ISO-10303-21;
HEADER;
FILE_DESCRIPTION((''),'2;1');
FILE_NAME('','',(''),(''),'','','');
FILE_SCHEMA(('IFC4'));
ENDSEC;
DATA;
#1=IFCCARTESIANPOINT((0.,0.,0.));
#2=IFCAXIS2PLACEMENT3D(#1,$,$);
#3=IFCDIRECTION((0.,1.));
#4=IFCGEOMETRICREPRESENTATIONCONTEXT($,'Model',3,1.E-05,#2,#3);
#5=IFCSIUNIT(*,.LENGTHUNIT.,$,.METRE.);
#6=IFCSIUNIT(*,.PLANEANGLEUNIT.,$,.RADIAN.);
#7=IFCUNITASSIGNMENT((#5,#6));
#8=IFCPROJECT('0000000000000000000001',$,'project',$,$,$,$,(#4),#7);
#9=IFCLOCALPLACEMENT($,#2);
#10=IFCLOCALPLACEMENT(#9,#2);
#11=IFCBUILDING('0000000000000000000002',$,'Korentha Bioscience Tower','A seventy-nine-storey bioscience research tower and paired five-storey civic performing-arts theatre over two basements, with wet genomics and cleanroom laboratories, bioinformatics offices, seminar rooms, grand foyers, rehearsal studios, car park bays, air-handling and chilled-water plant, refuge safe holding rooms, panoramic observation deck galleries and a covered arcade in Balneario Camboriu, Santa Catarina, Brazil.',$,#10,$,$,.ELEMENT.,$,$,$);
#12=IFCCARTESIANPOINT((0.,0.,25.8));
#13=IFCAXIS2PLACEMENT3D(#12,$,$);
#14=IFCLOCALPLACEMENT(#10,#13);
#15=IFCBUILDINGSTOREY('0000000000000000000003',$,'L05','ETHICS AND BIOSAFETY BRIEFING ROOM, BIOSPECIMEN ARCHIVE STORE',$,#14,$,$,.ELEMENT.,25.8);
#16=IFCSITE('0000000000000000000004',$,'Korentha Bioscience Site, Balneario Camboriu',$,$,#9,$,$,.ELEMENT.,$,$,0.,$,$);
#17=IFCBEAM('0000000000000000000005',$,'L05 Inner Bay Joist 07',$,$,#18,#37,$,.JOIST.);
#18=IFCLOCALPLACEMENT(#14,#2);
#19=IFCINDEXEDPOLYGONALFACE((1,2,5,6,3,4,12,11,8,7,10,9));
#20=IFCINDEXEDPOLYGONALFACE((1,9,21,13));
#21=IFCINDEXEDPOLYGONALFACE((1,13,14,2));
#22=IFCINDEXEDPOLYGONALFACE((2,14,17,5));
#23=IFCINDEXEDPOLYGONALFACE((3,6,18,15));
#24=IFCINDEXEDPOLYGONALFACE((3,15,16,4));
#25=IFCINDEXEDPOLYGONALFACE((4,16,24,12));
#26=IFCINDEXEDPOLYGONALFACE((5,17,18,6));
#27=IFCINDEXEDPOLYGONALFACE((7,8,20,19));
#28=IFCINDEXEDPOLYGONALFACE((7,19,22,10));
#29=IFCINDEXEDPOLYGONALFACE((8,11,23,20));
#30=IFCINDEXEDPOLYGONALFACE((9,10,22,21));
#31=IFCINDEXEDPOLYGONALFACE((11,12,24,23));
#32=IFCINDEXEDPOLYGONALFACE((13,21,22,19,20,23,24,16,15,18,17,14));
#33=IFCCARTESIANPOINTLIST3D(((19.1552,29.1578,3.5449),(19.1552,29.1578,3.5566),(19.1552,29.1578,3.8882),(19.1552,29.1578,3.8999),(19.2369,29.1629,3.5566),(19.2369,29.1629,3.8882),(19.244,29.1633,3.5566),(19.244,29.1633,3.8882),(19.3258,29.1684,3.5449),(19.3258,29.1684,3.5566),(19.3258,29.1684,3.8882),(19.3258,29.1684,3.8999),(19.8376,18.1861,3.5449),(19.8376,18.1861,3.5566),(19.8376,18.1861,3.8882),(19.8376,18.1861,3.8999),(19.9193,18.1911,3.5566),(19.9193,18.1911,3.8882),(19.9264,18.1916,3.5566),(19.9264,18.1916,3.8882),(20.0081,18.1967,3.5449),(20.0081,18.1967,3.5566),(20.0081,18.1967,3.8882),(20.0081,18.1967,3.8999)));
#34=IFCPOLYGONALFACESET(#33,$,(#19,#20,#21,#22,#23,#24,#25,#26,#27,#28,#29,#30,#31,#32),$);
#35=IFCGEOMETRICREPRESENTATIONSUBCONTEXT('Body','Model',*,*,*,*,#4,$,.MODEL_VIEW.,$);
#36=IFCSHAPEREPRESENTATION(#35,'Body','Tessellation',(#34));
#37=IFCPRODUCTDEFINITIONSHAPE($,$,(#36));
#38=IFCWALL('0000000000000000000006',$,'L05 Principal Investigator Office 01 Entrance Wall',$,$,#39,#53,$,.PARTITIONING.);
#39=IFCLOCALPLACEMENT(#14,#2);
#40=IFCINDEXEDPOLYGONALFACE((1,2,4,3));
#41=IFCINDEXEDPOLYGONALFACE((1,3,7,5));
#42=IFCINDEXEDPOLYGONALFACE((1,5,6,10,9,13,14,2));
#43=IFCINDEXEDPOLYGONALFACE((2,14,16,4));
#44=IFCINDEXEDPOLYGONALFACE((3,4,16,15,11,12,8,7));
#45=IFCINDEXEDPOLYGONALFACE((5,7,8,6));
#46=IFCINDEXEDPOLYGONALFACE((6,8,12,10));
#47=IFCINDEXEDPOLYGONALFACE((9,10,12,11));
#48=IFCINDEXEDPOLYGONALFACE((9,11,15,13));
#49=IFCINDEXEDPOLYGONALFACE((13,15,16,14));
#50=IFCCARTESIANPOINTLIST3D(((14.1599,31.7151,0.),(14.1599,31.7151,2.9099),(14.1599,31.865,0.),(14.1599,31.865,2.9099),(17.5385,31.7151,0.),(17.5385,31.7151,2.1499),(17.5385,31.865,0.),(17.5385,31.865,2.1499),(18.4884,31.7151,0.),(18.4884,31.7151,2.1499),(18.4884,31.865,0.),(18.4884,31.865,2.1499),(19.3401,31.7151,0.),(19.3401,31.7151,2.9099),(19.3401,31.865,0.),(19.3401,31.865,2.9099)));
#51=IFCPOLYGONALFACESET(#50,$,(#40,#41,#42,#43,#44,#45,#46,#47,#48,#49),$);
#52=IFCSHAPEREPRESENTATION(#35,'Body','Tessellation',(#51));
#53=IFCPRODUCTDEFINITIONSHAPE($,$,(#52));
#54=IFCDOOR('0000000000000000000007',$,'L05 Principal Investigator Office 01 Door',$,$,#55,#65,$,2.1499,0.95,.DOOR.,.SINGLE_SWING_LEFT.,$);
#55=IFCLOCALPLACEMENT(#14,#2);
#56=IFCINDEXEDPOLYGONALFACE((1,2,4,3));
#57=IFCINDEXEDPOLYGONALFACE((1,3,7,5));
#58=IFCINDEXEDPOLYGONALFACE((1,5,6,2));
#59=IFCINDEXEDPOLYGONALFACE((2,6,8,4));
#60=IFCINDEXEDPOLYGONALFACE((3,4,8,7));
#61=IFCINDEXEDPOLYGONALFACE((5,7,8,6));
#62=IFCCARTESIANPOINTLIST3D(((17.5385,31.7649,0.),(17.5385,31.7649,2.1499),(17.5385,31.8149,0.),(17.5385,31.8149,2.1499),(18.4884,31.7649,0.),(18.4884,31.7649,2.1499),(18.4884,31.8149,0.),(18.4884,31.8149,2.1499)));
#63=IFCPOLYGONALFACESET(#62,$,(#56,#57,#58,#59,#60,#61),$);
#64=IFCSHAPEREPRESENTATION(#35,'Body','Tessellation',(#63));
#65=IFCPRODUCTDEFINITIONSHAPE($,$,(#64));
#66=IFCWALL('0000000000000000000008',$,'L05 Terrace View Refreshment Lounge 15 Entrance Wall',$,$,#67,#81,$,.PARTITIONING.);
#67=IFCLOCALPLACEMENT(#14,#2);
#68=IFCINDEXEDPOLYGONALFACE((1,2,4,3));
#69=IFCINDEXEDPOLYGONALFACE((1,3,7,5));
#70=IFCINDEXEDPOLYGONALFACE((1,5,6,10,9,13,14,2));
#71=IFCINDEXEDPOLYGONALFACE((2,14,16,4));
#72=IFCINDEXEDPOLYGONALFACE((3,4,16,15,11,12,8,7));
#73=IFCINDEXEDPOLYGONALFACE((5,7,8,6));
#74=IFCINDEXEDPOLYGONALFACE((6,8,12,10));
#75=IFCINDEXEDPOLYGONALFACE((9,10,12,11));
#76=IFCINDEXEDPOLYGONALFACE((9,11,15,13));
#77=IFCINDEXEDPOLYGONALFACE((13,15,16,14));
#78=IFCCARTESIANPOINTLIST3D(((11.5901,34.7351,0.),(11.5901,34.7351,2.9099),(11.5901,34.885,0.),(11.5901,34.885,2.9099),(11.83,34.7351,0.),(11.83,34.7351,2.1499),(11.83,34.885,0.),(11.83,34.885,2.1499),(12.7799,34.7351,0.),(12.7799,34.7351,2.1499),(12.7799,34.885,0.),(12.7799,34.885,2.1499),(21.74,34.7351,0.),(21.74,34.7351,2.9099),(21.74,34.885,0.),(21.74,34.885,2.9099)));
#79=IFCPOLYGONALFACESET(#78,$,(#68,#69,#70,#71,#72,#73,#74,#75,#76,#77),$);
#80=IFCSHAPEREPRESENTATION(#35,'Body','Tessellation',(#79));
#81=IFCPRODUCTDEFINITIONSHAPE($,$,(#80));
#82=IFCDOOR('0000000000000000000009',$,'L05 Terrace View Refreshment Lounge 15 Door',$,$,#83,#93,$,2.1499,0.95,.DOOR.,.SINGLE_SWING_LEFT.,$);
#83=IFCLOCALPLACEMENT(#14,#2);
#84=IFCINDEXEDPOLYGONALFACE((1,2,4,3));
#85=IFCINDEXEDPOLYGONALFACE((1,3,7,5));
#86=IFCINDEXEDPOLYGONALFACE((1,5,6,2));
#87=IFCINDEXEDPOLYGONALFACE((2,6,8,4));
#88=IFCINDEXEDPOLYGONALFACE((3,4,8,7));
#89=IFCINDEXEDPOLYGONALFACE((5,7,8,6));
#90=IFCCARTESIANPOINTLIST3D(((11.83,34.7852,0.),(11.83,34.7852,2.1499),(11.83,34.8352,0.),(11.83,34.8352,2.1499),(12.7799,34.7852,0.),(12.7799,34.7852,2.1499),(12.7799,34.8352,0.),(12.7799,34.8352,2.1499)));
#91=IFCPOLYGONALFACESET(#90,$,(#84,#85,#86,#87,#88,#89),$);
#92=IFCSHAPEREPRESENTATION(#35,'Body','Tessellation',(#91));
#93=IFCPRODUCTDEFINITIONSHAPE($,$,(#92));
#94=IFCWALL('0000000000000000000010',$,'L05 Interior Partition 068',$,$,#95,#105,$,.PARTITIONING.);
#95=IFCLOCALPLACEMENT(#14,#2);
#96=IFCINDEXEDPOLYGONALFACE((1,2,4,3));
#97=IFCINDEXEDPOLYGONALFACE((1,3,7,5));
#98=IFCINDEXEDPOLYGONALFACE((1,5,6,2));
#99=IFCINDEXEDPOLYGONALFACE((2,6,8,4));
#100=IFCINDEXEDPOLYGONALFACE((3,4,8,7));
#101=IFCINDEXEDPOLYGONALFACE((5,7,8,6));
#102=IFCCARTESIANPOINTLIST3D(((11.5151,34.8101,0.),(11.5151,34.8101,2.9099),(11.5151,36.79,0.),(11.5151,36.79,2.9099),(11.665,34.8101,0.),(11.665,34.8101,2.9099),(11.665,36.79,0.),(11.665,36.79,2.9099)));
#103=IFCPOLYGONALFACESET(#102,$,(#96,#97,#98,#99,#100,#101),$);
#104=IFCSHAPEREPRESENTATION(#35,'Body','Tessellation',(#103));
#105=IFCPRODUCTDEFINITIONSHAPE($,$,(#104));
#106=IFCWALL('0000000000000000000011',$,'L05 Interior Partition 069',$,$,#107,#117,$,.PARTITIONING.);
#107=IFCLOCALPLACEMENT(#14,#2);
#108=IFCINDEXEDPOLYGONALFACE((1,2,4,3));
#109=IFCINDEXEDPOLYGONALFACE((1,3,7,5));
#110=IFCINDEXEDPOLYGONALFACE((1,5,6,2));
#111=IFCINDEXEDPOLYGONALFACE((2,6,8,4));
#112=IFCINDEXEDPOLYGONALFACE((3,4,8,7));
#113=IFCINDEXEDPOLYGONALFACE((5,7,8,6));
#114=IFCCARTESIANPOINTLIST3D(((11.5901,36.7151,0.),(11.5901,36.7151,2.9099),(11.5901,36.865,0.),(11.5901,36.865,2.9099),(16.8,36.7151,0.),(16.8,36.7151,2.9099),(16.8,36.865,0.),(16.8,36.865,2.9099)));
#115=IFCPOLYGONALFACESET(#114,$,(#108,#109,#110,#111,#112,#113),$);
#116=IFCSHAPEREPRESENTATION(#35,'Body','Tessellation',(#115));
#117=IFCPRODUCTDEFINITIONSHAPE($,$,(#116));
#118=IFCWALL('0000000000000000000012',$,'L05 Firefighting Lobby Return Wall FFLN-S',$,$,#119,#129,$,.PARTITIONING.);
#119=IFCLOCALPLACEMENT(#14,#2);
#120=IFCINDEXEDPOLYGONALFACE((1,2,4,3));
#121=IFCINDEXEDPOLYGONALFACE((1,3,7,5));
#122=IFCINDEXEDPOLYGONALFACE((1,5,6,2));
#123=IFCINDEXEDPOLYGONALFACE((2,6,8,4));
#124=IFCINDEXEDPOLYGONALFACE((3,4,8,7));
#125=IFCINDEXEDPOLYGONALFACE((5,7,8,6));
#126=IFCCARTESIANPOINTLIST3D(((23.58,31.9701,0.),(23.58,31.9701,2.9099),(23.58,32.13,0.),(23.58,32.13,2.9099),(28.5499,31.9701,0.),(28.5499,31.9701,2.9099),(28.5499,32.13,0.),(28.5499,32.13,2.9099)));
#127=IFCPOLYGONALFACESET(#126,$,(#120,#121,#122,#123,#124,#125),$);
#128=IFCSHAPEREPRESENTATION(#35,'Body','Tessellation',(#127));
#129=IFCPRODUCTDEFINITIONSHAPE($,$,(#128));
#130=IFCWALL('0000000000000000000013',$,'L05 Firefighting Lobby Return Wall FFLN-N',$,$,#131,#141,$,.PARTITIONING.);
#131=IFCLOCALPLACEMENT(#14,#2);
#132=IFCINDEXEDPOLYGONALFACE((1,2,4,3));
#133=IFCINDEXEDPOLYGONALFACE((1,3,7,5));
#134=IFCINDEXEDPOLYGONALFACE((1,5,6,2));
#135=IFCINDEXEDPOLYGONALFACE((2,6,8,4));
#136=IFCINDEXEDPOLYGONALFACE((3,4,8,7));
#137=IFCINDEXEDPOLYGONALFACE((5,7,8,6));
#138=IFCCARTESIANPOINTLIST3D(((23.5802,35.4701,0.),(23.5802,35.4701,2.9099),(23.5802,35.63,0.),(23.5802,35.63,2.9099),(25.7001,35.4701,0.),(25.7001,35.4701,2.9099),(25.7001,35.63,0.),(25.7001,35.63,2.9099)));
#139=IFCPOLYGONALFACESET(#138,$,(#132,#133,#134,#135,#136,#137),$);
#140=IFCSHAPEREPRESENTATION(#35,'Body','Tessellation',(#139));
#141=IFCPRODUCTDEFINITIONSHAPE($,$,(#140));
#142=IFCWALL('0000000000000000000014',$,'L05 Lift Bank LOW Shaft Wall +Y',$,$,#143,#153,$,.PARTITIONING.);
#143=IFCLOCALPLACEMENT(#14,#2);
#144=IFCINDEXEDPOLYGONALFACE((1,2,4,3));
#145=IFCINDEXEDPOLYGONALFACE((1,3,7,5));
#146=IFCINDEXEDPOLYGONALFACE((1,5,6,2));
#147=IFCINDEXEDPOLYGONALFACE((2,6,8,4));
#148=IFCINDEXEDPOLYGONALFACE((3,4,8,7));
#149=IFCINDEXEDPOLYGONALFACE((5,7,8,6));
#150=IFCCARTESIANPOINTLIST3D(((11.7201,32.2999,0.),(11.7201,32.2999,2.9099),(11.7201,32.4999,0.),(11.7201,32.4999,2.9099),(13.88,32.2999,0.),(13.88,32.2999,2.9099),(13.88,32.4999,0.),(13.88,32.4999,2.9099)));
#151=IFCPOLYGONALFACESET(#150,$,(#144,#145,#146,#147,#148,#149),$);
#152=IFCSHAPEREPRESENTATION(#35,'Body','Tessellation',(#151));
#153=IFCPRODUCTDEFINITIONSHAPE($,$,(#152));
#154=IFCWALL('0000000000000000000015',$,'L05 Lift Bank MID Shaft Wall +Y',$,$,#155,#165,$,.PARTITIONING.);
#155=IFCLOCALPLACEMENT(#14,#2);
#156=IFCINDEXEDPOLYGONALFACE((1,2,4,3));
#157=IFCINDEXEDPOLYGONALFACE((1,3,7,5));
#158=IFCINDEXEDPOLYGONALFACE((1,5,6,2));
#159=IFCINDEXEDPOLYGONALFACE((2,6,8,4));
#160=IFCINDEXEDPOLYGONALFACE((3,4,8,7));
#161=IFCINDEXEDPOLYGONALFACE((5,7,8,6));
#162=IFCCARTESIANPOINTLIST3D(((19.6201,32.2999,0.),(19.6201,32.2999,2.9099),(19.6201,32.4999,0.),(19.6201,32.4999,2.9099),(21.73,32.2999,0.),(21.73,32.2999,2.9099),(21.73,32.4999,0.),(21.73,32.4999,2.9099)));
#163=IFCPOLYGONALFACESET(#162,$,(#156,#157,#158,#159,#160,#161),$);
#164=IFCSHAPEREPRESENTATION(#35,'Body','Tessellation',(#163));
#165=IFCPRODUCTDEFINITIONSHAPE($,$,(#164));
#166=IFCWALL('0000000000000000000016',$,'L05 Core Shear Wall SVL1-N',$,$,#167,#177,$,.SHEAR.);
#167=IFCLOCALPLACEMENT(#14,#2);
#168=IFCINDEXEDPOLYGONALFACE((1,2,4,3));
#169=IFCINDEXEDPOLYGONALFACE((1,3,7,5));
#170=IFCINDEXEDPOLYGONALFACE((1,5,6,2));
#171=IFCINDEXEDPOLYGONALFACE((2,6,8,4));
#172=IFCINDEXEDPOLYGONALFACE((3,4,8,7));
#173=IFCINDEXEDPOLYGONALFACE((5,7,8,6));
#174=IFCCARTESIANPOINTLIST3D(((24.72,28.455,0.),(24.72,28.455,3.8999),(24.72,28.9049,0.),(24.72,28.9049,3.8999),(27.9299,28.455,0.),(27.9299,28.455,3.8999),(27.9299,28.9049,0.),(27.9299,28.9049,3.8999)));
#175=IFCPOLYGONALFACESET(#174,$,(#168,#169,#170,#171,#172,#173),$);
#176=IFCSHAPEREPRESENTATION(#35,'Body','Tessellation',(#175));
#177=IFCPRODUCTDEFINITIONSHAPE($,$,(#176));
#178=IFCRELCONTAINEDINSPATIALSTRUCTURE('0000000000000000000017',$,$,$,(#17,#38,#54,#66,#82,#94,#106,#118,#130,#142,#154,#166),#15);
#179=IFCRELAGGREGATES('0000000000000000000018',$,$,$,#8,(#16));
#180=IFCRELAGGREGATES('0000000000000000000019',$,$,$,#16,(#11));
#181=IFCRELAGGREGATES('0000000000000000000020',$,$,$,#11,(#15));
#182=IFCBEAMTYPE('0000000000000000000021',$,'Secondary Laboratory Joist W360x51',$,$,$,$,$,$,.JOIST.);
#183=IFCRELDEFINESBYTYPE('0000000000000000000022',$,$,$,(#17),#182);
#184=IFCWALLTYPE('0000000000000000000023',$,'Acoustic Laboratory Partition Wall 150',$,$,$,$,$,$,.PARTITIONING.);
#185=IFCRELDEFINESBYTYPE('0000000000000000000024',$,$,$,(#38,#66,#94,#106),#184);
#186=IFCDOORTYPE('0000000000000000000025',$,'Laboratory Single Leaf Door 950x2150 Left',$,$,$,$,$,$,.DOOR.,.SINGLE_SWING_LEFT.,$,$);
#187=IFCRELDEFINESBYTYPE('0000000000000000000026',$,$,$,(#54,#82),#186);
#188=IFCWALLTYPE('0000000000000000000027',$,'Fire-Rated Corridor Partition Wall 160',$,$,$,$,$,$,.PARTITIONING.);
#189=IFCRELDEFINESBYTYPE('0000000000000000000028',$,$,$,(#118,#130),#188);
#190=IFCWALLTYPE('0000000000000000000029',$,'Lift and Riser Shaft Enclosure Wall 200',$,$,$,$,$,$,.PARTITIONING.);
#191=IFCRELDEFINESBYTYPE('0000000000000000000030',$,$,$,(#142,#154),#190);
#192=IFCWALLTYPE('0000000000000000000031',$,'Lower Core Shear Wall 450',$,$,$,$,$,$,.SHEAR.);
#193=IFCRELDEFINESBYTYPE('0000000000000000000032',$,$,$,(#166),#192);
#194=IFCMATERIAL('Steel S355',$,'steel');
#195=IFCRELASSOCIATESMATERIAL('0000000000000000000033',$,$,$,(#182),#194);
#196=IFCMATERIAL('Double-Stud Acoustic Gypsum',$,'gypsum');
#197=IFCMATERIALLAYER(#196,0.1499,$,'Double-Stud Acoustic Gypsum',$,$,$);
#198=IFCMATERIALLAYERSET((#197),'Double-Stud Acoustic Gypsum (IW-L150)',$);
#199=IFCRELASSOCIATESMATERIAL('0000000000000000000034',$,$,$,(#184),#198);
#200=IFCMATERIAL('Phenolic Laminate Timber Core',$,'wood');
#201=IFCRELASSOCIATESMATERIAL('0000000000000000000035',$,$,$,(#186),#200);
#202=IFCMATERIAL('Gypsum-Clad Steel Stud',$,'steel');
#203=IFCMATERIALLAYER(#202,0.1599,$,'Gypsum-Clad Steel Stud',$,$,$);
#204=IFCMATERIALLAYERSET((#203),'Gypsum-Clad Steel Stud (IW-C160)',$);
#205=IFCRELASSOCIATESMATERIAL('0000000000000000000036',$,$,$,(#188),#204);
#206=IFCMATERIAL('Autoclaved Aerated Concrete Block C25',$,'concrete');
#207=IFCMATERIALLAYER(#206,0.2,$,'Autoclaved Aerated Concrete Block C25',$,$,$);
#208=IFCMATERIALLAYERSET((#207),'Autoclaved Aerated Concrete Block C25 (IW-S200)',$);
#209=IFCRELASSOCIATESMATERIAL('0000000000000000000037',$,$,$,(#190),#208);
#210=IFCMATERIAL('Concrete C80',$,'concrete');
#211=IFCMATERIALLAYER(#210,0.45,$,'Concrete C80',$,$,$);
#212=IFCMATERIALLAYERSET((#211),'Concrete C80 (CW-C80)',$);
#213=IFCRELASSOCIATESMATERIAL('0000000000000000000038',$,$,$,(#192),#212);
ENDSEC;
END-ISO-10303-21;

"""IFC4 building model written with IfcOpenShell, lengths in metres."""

from ifc_helpers import new_model, si_unit, direction, frame, frame_2d, origin, origin_2d, place, context, subcontext, project, spatial, rectangle, i_section, extrude, material, layer, layer_set, material_profile, profile_set, type_object, element, fill, save


model = new_model("IFC4")

# Units and contexts
model_context = context("Model", 3, precision=1e-05, world=origin(), true_north=direction((0.0, 1.0)))
body_context = subcontext(model_context, "Body", "Model", "MODEL_VIEW")
ifc_project = project(units=[si_unit("LENGTHUNIT", "METRE"), si_unit("PLANEANGLEUNIT", "RADIAN")], contexts=[model_context])

# Site, building, storey
site_placement = place(None, origin())
site = spatial("IfcSite", under=ifc_project, at=site_placement, Name="Korentha Bioscience Site, Balneario Camboriu", CompositionType="ELEMENT", RefElevation=0.0)
building_placement = place(site_placement, origin())
building = spatial("IfcBuilding", under=site, at=building_placement, Name="Korentha Bioscience Tower", Description="A seventy-nine-storey bioscience research tower and paired five-storey civic performing-arts theatre over two basements, with wet genomics and cleanroom laboratories, bioinformatics offices, seminar rooms, grand foyers, rehearsal studios, car park bays, air-handling and chilled-water plant, refuge safe holding rooms, panoramic observation deck galleries and a covered arcade in Balneario Camboriu, Santa Catarina, Brazil.", CompositionType="ELEMENT")
storey_placement = place(building_placement, frame((0.0, 0.0, 25.8)))
storey = spatial("IfcBuildingStorey", under=building, at=storey_placement, Name="L05", Description="ETHICS AND BIOSAFETY BRIEFING ROOM, BIOSPECIMEN ARCHIVE STORE", CompositionType="ELEMENT", Elevation=25.8)

# Shared definitions
ifc_material_1 = material(Name="Concrete C80", Category="concrete")

# Beam
ifc_material_2 = material(Name="Steel S355", Category="steel")
ifc_material_profile_1 = material_profile(ifc_material_2, i_section(OverallWidth=0.1709, OverallDepth=0.355, WebThickness=0.0071, FlangeThickness=0.0117, at=origin_2d()), Name="Steel S355")
ifc_profile_set_1 = profile_set([ifc_material_profile_1], Name="Steel S355 (JB-360)")
beam_type_1 = type_object("IfcBeamType", Name="Secondary Laboratory Joist W360x51", PredefinedType="JOIST", material=ifc_profile_set_1)
beam_1_placement = place(storey_placement, frame((19.2405, 29.1631, 3.7224), z_axis=(0.062074, -0.998072, 0.0), x_axis=(0.998072, 0.062074, 0.0)))
element("IfcBeam", 1, at=beam_1_placement, inside=storey, type_object=beam_type_1, Name="L05 Inner Bay Joist 07", PredefinedType="JOIST", context=body_context, shape_type="SweptSolid", body=[
    extrude(i_section(OverallWidth=0.1709, OverallDepth=0.355, WebThickness=0.0071, FlangeThickness=0.0117, at=origin_2d()), origin(), (0.0, 0.0, 1.0), 10.9929),
])

# Walls, openings, doors
ifc_material_3 = material(Name="Double-Stud Acoustic Gypsum", Category="gypsum")
ifc_layer_1 = layer(ifc_material_3, 0.1499, Name="Double-Stud Acoustic Gypsum")
ifc_layer_set_1 = layer_set([ifc_layer_1], Name="Double-Stud Acoustic Gypsum (IW-L150)")
wall_type_1 = type_object("IfcWallType", Name="Acoustic Laboratory Partition Wall 150", PredefinedType="PARTITIONING", material=ifc_layer_set_1)
wall_1_placement = place(storey_placement, frame((14.1599, 31.79, 0.0), z_axis=(0.0, 0.0, 1.0), x_axis=(1.0, 0.0, 0.0)))
wall_1 = element("IfcWall", 2, at=wall_1_placement, inside=storey, type_object=wall_type_1, Name="L05 Principal Investigator Office 01 Entrance Wall", PredefinedType="PARTITIONING", context=body_context, shape_type="SweptSolid", body=[
    extrude(rectangle(XDim=5.1802, YDim=0.1499, at=frame_2d((2.5901, 0.0))), origin(), (0.0, 0.0, 1.0), 2.9099),
])
opening_1_placement = place(wall_1_placement, frame((3.3784, 0.0, 0.0)))
opening_1 = element("IfcOpeningElement", 3, at=opening_1_placement, cuts=wall_1, PredefinedType="OPENING", context=body_context, shape_type="SweptSolid", body=[
    extrude(rectangle(XDim=0.95, YDim=2.1499, at=frame_2d((0.4751, 1.075))), frame((0.0, 0.0898, 0.0), z_axis=(0.0, -1.0, 0.0), x_axis=(1.0, 0.0, 0.0)), (0.0, 0.0, 1.0), 0.1797),
])
ifc_material_4 = material(Name="Phenolic Laminate Timber Core", Category="wood")
door_type_1 = type_object("IfcDoorType", Name="Laboratory Single Leaf Door 950x2150 Left", OperationType="SINGLE_SWING_LEFT", PredefinedType="DOOR", material=ifc_material_4)
door_1_placement = place(opening_1_placement, origin())
door_1 = element("IfcDoor", 4, at=door_1_placement, inside=storey, type_object=door_type_1, Name="L05 Principal Investigator Office 01 Door", OperationType="SINGLE_SWING_LEFT", OverallHeight=2.1499, OverallWidth=0.95, PredefinedType="DOOR", context=body_context, shape_type="SweptSolid", body=[
    extrude(rectangle(XDim=0.95, YDim=2.1499, at=frame_2d((0.4751, 1.075))), frame((0.0, 0.0249, 0.0), z_axis=(0.0, -1.0, 0.0), x_axis=(1.0, 0.0, 0.0)), (0.0, 0.0, 1.0), 0.05),
])
fill(opening_1, door_1)
wall_2_placement = place(storey_placement, frame((21.74, 34.8101, 0.0), z_axis=(0.0, 0.0, 1.0), x_axis=(-1.0, 0.0, 0.0)))
wall_2 = element("IfcWall", 5, at=wall_2_placement, inside=storey, type_object=wall_type_1, Name="L05 Terrace View Refreshment Lounge 15 Entrance Wall", PredefinedType="PARTITIONING", context=body_context, shape_type="SweptSolid", body=[
    extrude(rectangle(XDim=10.1499, YDim=0.1499, at=frame_2d((5.075, 0.0))), origin(), (0.0, 0.0, 1.0), 2.9099),
])
opening_2_placement = place(wall_2_placement, frame((8.96, 0.0, 0.0)))
opening_2 = element("IfcOpeningElement", 6, at=opening_2_placement, cuts=wall_2, PredefinedType="OPENING", context=body_context, shape_type="SweptSolid", body=[
    extrude(rectangle(XDim=0.95, YDim=2.1499, at=frame_2d((0.4751, 1.075))), frame((0.0, 0.0898, 0.0), z_axis=(0.0, -1.0, 0.0), x_axis=(1.0, 0.0, 0.0)), (0.0, 0.0, 1.0), 0.1797),
])
door_2_placement = place(opening_2_placement, origin())
door_2 = element("IfcDoor", 7, at=door_2_placement, inside=storey, type_object=door_type_1, Name="L05 Terrace View Refreshment Lounge 15 Door", OperationType="SINGLE_SWING_LEFT", OverallHeight=2.1499, OverallWidth=0.95, PredefinedType="DOOR", context=body_context, shape_type="SweptSolid", body=[
    extrude(rectangle(XDim=0.95, YDim=2.1499, at=frame_2d((0.4751, 1.075))), frame((0.0, 0.0249, 0.0), z_axis=(0.0, -1.0, 0.0), x_axis=(1.0, 0.0, 0.0)), (0.0, 0.0, 1.0), 0.05),
])
fill(opening_2, door_2)

# Walls
wall_3_placement = place(storey_placement, frame((11.5901, 34.8101, 0.0), z_axis=(0.0, 0.0, 1.0), x_axis=(0.0, 1.0, 0.0)))
element("IfcWall", 8, at=wall_3_placement, inside=storey, type_object=wall_type_1, Name="L05 Interior Partition 068", PredefinedType="PARTITIONING", context=body_context, shape_type="SweptSolid", body=[
    extrude(rectangle(XDim=1.98, YDim=0.1499, at=frame_2d((0.99, 0.0))), origin(), (0.0, 0.0, 1.0), 2.9099),
])
wall_4_placement = place(storey_placement, frame((11.5901, 36.79, 0.0), z_axis=(0.0, 0.0, 1.0), x_axis=(1.0, 0.0, 0.0)))
element("IfcWall", 9, at=wall_4_placement, inside=storey, type_object=wall_type_1, Name="L05 Interior Partition 069", PredefinedType="PARTITIONING", context=body_context, shape_type="SweptSolid", body=[
    extrude(rectangle(XDim=5.21, YDim=0.1499, at=frame_2d((2.605, 0.0))), origin(), (0.0, 0.0, 1.0), 2.9099),
])

# Shared definitions
ifc_material_5 = material(Name="Gypsum-Clad Steel Stud", Category="steel")
ifc_layer_2 = layer(ifc_material_5, 0.1599, Name="Gypsum-Clad Steel Stud")
ifc_layer_set_2 = layer_set([ifc_layer_2], Name="Gypsum-Clad Steel Stud (IW-C160)")
wall_type_2 = type_object("IfcWallType", Name="Fire-Rated Corridor Partition Wall 160", PredefinedType="PARTITIONING", material=ifc_layer_set_2)

# Walls
wall_5_placement = place(storey_placement, frame((23.5801, 32.05, 0.0), z_axis=(0.0, 0.0, 1.0), x_axis=(1.0, 0.0, 0.0)))
element("IfcWall", 10, at=wall_5_placement, inside=storey, type_object=wall_type_2, Name="L05 Firefighting Lobby Return Wall FFLN-S", PredefinedType="PARTITIONING", context=body_context, shape_type="SweptSolid", body=[
    extrude(rectangle(XDim=4.97, YDim=0.1599, at=frame_2d((2.4849, 0.0))), origin(), (0.0, 0.0, 1.0), 2.9099),
])
wall_6_placement = place(storey_placement, frame((23.5801, 35.55, 0.0), z_axis=(0.0, 0.0, 1.0), x_axis=(1.0, 0.0, 0.0)))
element("IfcWall", 11, at=wall_6_placement, inside=storey, type_object=wall_type_2, Name="L05 Firefighting Lobby Return Wall FFLN-N", PredefinedType="PARTITIONING", context=body_context, shape_type="SweptSolid", body=[
    extrude(rectangle(XDim=2.1199, YDim=0.1599, at=frame_2d((1.0601, 0.0))), origin(), (0.0, 0.0, 1.0), 2.9099),
])
ifc_material_6 = material(Name="Autoclaved Aerated Concrete Block C25", Category="concrete")
ifc_layer_3 = layer(ifc_material_6, 0.2, Name="Autoclaved Aerated Concrete Block C25")
ifc_layer_set_3 = layer_set([ifc_layer_3], Name="Autoclaved Aerated Concrete Block C25 (IW-S200)")
wall_type_3 = type_object("IfcWallType", Name="Lift and Riser Shaft Enclosure Wall 200", PredefinedType="PARTITIONING", material=ifc_layer_set_3)
wall_7_placement = place(storey_placement, frame((11.72, 32.3999, 0.0), z_axis=(0.0, 0.0, 1.0), x_axis=(1.0, 0.0, 0.0)))
element("IfcWall", 12, at=wall_7_placement, inside=storey, type_object=wall_type_3, Name="L05 Lift Bank LOW Shaft Wall +Y", PredefinedType="PARTITIONING", context=body_context, shape_type="SweptSolid", body=[
    extrude(rectangle(XDim=2.1599, YDim=0.2, at=frame_2d((1.0801, 0.0))), origin(), (0.0, 0.0, 1.0), 2.9099),
])
wall_8_placement = place(storey_placement, frame((19.6201, 32.3999, 0.0), z_axis=(0.0, 0.0, 1.0), x_axis=(1.0, 0.0, 0.0)))
element("IfcWall", 13, at=wall_8_placement, inside=storey, type_object=wall_type_3, Name="L05 Lift Bank MID Shaft Wall +Y", PredefinedType="PARTITIONING", context=body_context, shape_type="SweptSolid", body=[
    extrude(rectangle(XDim=2.1099, YDim=0.2, at=frame_2d((1.0549, 0.0))), origin(), (0.0, 0.0, 1.0), 2.9099),
])
ifc_layer_4 = layer(ifc_material_1, 0.45, Name="Concrete C80")
ifc_layer_set_4 = layer_set([ifc_layer_4], Name="Concrete C80 (CW-C80)")
wall_type_4 = type_object("IfcWallType", Name="Lower Core Shear Wall 450", PredefinedType="SHEAR", material=ifc_layer_set_4)
wall_9_placement = place(storey_placement, frame((24.72, 28.6799, 0.0), z_axis=(0.0, 0.0, 1.0), x_axis=(1.0, 0.0, 0.0)))
element("IfcWall", 14, at=wall_9_placement, inside=storey, type_object=wall_type_4, Name="L05 Core Shear Wall SVL1-N", PredefinedType="SHEAR", context=body_context, shape_type="SweptSolid", body=[
    extrude(rectangle(XDim=3.21, YDim=0.45, at=frame_2d((1.605, 0.0))), origin(), (0.0, 0.0, 1.0), 3.8999),
])

save(model, "model.ifc")
